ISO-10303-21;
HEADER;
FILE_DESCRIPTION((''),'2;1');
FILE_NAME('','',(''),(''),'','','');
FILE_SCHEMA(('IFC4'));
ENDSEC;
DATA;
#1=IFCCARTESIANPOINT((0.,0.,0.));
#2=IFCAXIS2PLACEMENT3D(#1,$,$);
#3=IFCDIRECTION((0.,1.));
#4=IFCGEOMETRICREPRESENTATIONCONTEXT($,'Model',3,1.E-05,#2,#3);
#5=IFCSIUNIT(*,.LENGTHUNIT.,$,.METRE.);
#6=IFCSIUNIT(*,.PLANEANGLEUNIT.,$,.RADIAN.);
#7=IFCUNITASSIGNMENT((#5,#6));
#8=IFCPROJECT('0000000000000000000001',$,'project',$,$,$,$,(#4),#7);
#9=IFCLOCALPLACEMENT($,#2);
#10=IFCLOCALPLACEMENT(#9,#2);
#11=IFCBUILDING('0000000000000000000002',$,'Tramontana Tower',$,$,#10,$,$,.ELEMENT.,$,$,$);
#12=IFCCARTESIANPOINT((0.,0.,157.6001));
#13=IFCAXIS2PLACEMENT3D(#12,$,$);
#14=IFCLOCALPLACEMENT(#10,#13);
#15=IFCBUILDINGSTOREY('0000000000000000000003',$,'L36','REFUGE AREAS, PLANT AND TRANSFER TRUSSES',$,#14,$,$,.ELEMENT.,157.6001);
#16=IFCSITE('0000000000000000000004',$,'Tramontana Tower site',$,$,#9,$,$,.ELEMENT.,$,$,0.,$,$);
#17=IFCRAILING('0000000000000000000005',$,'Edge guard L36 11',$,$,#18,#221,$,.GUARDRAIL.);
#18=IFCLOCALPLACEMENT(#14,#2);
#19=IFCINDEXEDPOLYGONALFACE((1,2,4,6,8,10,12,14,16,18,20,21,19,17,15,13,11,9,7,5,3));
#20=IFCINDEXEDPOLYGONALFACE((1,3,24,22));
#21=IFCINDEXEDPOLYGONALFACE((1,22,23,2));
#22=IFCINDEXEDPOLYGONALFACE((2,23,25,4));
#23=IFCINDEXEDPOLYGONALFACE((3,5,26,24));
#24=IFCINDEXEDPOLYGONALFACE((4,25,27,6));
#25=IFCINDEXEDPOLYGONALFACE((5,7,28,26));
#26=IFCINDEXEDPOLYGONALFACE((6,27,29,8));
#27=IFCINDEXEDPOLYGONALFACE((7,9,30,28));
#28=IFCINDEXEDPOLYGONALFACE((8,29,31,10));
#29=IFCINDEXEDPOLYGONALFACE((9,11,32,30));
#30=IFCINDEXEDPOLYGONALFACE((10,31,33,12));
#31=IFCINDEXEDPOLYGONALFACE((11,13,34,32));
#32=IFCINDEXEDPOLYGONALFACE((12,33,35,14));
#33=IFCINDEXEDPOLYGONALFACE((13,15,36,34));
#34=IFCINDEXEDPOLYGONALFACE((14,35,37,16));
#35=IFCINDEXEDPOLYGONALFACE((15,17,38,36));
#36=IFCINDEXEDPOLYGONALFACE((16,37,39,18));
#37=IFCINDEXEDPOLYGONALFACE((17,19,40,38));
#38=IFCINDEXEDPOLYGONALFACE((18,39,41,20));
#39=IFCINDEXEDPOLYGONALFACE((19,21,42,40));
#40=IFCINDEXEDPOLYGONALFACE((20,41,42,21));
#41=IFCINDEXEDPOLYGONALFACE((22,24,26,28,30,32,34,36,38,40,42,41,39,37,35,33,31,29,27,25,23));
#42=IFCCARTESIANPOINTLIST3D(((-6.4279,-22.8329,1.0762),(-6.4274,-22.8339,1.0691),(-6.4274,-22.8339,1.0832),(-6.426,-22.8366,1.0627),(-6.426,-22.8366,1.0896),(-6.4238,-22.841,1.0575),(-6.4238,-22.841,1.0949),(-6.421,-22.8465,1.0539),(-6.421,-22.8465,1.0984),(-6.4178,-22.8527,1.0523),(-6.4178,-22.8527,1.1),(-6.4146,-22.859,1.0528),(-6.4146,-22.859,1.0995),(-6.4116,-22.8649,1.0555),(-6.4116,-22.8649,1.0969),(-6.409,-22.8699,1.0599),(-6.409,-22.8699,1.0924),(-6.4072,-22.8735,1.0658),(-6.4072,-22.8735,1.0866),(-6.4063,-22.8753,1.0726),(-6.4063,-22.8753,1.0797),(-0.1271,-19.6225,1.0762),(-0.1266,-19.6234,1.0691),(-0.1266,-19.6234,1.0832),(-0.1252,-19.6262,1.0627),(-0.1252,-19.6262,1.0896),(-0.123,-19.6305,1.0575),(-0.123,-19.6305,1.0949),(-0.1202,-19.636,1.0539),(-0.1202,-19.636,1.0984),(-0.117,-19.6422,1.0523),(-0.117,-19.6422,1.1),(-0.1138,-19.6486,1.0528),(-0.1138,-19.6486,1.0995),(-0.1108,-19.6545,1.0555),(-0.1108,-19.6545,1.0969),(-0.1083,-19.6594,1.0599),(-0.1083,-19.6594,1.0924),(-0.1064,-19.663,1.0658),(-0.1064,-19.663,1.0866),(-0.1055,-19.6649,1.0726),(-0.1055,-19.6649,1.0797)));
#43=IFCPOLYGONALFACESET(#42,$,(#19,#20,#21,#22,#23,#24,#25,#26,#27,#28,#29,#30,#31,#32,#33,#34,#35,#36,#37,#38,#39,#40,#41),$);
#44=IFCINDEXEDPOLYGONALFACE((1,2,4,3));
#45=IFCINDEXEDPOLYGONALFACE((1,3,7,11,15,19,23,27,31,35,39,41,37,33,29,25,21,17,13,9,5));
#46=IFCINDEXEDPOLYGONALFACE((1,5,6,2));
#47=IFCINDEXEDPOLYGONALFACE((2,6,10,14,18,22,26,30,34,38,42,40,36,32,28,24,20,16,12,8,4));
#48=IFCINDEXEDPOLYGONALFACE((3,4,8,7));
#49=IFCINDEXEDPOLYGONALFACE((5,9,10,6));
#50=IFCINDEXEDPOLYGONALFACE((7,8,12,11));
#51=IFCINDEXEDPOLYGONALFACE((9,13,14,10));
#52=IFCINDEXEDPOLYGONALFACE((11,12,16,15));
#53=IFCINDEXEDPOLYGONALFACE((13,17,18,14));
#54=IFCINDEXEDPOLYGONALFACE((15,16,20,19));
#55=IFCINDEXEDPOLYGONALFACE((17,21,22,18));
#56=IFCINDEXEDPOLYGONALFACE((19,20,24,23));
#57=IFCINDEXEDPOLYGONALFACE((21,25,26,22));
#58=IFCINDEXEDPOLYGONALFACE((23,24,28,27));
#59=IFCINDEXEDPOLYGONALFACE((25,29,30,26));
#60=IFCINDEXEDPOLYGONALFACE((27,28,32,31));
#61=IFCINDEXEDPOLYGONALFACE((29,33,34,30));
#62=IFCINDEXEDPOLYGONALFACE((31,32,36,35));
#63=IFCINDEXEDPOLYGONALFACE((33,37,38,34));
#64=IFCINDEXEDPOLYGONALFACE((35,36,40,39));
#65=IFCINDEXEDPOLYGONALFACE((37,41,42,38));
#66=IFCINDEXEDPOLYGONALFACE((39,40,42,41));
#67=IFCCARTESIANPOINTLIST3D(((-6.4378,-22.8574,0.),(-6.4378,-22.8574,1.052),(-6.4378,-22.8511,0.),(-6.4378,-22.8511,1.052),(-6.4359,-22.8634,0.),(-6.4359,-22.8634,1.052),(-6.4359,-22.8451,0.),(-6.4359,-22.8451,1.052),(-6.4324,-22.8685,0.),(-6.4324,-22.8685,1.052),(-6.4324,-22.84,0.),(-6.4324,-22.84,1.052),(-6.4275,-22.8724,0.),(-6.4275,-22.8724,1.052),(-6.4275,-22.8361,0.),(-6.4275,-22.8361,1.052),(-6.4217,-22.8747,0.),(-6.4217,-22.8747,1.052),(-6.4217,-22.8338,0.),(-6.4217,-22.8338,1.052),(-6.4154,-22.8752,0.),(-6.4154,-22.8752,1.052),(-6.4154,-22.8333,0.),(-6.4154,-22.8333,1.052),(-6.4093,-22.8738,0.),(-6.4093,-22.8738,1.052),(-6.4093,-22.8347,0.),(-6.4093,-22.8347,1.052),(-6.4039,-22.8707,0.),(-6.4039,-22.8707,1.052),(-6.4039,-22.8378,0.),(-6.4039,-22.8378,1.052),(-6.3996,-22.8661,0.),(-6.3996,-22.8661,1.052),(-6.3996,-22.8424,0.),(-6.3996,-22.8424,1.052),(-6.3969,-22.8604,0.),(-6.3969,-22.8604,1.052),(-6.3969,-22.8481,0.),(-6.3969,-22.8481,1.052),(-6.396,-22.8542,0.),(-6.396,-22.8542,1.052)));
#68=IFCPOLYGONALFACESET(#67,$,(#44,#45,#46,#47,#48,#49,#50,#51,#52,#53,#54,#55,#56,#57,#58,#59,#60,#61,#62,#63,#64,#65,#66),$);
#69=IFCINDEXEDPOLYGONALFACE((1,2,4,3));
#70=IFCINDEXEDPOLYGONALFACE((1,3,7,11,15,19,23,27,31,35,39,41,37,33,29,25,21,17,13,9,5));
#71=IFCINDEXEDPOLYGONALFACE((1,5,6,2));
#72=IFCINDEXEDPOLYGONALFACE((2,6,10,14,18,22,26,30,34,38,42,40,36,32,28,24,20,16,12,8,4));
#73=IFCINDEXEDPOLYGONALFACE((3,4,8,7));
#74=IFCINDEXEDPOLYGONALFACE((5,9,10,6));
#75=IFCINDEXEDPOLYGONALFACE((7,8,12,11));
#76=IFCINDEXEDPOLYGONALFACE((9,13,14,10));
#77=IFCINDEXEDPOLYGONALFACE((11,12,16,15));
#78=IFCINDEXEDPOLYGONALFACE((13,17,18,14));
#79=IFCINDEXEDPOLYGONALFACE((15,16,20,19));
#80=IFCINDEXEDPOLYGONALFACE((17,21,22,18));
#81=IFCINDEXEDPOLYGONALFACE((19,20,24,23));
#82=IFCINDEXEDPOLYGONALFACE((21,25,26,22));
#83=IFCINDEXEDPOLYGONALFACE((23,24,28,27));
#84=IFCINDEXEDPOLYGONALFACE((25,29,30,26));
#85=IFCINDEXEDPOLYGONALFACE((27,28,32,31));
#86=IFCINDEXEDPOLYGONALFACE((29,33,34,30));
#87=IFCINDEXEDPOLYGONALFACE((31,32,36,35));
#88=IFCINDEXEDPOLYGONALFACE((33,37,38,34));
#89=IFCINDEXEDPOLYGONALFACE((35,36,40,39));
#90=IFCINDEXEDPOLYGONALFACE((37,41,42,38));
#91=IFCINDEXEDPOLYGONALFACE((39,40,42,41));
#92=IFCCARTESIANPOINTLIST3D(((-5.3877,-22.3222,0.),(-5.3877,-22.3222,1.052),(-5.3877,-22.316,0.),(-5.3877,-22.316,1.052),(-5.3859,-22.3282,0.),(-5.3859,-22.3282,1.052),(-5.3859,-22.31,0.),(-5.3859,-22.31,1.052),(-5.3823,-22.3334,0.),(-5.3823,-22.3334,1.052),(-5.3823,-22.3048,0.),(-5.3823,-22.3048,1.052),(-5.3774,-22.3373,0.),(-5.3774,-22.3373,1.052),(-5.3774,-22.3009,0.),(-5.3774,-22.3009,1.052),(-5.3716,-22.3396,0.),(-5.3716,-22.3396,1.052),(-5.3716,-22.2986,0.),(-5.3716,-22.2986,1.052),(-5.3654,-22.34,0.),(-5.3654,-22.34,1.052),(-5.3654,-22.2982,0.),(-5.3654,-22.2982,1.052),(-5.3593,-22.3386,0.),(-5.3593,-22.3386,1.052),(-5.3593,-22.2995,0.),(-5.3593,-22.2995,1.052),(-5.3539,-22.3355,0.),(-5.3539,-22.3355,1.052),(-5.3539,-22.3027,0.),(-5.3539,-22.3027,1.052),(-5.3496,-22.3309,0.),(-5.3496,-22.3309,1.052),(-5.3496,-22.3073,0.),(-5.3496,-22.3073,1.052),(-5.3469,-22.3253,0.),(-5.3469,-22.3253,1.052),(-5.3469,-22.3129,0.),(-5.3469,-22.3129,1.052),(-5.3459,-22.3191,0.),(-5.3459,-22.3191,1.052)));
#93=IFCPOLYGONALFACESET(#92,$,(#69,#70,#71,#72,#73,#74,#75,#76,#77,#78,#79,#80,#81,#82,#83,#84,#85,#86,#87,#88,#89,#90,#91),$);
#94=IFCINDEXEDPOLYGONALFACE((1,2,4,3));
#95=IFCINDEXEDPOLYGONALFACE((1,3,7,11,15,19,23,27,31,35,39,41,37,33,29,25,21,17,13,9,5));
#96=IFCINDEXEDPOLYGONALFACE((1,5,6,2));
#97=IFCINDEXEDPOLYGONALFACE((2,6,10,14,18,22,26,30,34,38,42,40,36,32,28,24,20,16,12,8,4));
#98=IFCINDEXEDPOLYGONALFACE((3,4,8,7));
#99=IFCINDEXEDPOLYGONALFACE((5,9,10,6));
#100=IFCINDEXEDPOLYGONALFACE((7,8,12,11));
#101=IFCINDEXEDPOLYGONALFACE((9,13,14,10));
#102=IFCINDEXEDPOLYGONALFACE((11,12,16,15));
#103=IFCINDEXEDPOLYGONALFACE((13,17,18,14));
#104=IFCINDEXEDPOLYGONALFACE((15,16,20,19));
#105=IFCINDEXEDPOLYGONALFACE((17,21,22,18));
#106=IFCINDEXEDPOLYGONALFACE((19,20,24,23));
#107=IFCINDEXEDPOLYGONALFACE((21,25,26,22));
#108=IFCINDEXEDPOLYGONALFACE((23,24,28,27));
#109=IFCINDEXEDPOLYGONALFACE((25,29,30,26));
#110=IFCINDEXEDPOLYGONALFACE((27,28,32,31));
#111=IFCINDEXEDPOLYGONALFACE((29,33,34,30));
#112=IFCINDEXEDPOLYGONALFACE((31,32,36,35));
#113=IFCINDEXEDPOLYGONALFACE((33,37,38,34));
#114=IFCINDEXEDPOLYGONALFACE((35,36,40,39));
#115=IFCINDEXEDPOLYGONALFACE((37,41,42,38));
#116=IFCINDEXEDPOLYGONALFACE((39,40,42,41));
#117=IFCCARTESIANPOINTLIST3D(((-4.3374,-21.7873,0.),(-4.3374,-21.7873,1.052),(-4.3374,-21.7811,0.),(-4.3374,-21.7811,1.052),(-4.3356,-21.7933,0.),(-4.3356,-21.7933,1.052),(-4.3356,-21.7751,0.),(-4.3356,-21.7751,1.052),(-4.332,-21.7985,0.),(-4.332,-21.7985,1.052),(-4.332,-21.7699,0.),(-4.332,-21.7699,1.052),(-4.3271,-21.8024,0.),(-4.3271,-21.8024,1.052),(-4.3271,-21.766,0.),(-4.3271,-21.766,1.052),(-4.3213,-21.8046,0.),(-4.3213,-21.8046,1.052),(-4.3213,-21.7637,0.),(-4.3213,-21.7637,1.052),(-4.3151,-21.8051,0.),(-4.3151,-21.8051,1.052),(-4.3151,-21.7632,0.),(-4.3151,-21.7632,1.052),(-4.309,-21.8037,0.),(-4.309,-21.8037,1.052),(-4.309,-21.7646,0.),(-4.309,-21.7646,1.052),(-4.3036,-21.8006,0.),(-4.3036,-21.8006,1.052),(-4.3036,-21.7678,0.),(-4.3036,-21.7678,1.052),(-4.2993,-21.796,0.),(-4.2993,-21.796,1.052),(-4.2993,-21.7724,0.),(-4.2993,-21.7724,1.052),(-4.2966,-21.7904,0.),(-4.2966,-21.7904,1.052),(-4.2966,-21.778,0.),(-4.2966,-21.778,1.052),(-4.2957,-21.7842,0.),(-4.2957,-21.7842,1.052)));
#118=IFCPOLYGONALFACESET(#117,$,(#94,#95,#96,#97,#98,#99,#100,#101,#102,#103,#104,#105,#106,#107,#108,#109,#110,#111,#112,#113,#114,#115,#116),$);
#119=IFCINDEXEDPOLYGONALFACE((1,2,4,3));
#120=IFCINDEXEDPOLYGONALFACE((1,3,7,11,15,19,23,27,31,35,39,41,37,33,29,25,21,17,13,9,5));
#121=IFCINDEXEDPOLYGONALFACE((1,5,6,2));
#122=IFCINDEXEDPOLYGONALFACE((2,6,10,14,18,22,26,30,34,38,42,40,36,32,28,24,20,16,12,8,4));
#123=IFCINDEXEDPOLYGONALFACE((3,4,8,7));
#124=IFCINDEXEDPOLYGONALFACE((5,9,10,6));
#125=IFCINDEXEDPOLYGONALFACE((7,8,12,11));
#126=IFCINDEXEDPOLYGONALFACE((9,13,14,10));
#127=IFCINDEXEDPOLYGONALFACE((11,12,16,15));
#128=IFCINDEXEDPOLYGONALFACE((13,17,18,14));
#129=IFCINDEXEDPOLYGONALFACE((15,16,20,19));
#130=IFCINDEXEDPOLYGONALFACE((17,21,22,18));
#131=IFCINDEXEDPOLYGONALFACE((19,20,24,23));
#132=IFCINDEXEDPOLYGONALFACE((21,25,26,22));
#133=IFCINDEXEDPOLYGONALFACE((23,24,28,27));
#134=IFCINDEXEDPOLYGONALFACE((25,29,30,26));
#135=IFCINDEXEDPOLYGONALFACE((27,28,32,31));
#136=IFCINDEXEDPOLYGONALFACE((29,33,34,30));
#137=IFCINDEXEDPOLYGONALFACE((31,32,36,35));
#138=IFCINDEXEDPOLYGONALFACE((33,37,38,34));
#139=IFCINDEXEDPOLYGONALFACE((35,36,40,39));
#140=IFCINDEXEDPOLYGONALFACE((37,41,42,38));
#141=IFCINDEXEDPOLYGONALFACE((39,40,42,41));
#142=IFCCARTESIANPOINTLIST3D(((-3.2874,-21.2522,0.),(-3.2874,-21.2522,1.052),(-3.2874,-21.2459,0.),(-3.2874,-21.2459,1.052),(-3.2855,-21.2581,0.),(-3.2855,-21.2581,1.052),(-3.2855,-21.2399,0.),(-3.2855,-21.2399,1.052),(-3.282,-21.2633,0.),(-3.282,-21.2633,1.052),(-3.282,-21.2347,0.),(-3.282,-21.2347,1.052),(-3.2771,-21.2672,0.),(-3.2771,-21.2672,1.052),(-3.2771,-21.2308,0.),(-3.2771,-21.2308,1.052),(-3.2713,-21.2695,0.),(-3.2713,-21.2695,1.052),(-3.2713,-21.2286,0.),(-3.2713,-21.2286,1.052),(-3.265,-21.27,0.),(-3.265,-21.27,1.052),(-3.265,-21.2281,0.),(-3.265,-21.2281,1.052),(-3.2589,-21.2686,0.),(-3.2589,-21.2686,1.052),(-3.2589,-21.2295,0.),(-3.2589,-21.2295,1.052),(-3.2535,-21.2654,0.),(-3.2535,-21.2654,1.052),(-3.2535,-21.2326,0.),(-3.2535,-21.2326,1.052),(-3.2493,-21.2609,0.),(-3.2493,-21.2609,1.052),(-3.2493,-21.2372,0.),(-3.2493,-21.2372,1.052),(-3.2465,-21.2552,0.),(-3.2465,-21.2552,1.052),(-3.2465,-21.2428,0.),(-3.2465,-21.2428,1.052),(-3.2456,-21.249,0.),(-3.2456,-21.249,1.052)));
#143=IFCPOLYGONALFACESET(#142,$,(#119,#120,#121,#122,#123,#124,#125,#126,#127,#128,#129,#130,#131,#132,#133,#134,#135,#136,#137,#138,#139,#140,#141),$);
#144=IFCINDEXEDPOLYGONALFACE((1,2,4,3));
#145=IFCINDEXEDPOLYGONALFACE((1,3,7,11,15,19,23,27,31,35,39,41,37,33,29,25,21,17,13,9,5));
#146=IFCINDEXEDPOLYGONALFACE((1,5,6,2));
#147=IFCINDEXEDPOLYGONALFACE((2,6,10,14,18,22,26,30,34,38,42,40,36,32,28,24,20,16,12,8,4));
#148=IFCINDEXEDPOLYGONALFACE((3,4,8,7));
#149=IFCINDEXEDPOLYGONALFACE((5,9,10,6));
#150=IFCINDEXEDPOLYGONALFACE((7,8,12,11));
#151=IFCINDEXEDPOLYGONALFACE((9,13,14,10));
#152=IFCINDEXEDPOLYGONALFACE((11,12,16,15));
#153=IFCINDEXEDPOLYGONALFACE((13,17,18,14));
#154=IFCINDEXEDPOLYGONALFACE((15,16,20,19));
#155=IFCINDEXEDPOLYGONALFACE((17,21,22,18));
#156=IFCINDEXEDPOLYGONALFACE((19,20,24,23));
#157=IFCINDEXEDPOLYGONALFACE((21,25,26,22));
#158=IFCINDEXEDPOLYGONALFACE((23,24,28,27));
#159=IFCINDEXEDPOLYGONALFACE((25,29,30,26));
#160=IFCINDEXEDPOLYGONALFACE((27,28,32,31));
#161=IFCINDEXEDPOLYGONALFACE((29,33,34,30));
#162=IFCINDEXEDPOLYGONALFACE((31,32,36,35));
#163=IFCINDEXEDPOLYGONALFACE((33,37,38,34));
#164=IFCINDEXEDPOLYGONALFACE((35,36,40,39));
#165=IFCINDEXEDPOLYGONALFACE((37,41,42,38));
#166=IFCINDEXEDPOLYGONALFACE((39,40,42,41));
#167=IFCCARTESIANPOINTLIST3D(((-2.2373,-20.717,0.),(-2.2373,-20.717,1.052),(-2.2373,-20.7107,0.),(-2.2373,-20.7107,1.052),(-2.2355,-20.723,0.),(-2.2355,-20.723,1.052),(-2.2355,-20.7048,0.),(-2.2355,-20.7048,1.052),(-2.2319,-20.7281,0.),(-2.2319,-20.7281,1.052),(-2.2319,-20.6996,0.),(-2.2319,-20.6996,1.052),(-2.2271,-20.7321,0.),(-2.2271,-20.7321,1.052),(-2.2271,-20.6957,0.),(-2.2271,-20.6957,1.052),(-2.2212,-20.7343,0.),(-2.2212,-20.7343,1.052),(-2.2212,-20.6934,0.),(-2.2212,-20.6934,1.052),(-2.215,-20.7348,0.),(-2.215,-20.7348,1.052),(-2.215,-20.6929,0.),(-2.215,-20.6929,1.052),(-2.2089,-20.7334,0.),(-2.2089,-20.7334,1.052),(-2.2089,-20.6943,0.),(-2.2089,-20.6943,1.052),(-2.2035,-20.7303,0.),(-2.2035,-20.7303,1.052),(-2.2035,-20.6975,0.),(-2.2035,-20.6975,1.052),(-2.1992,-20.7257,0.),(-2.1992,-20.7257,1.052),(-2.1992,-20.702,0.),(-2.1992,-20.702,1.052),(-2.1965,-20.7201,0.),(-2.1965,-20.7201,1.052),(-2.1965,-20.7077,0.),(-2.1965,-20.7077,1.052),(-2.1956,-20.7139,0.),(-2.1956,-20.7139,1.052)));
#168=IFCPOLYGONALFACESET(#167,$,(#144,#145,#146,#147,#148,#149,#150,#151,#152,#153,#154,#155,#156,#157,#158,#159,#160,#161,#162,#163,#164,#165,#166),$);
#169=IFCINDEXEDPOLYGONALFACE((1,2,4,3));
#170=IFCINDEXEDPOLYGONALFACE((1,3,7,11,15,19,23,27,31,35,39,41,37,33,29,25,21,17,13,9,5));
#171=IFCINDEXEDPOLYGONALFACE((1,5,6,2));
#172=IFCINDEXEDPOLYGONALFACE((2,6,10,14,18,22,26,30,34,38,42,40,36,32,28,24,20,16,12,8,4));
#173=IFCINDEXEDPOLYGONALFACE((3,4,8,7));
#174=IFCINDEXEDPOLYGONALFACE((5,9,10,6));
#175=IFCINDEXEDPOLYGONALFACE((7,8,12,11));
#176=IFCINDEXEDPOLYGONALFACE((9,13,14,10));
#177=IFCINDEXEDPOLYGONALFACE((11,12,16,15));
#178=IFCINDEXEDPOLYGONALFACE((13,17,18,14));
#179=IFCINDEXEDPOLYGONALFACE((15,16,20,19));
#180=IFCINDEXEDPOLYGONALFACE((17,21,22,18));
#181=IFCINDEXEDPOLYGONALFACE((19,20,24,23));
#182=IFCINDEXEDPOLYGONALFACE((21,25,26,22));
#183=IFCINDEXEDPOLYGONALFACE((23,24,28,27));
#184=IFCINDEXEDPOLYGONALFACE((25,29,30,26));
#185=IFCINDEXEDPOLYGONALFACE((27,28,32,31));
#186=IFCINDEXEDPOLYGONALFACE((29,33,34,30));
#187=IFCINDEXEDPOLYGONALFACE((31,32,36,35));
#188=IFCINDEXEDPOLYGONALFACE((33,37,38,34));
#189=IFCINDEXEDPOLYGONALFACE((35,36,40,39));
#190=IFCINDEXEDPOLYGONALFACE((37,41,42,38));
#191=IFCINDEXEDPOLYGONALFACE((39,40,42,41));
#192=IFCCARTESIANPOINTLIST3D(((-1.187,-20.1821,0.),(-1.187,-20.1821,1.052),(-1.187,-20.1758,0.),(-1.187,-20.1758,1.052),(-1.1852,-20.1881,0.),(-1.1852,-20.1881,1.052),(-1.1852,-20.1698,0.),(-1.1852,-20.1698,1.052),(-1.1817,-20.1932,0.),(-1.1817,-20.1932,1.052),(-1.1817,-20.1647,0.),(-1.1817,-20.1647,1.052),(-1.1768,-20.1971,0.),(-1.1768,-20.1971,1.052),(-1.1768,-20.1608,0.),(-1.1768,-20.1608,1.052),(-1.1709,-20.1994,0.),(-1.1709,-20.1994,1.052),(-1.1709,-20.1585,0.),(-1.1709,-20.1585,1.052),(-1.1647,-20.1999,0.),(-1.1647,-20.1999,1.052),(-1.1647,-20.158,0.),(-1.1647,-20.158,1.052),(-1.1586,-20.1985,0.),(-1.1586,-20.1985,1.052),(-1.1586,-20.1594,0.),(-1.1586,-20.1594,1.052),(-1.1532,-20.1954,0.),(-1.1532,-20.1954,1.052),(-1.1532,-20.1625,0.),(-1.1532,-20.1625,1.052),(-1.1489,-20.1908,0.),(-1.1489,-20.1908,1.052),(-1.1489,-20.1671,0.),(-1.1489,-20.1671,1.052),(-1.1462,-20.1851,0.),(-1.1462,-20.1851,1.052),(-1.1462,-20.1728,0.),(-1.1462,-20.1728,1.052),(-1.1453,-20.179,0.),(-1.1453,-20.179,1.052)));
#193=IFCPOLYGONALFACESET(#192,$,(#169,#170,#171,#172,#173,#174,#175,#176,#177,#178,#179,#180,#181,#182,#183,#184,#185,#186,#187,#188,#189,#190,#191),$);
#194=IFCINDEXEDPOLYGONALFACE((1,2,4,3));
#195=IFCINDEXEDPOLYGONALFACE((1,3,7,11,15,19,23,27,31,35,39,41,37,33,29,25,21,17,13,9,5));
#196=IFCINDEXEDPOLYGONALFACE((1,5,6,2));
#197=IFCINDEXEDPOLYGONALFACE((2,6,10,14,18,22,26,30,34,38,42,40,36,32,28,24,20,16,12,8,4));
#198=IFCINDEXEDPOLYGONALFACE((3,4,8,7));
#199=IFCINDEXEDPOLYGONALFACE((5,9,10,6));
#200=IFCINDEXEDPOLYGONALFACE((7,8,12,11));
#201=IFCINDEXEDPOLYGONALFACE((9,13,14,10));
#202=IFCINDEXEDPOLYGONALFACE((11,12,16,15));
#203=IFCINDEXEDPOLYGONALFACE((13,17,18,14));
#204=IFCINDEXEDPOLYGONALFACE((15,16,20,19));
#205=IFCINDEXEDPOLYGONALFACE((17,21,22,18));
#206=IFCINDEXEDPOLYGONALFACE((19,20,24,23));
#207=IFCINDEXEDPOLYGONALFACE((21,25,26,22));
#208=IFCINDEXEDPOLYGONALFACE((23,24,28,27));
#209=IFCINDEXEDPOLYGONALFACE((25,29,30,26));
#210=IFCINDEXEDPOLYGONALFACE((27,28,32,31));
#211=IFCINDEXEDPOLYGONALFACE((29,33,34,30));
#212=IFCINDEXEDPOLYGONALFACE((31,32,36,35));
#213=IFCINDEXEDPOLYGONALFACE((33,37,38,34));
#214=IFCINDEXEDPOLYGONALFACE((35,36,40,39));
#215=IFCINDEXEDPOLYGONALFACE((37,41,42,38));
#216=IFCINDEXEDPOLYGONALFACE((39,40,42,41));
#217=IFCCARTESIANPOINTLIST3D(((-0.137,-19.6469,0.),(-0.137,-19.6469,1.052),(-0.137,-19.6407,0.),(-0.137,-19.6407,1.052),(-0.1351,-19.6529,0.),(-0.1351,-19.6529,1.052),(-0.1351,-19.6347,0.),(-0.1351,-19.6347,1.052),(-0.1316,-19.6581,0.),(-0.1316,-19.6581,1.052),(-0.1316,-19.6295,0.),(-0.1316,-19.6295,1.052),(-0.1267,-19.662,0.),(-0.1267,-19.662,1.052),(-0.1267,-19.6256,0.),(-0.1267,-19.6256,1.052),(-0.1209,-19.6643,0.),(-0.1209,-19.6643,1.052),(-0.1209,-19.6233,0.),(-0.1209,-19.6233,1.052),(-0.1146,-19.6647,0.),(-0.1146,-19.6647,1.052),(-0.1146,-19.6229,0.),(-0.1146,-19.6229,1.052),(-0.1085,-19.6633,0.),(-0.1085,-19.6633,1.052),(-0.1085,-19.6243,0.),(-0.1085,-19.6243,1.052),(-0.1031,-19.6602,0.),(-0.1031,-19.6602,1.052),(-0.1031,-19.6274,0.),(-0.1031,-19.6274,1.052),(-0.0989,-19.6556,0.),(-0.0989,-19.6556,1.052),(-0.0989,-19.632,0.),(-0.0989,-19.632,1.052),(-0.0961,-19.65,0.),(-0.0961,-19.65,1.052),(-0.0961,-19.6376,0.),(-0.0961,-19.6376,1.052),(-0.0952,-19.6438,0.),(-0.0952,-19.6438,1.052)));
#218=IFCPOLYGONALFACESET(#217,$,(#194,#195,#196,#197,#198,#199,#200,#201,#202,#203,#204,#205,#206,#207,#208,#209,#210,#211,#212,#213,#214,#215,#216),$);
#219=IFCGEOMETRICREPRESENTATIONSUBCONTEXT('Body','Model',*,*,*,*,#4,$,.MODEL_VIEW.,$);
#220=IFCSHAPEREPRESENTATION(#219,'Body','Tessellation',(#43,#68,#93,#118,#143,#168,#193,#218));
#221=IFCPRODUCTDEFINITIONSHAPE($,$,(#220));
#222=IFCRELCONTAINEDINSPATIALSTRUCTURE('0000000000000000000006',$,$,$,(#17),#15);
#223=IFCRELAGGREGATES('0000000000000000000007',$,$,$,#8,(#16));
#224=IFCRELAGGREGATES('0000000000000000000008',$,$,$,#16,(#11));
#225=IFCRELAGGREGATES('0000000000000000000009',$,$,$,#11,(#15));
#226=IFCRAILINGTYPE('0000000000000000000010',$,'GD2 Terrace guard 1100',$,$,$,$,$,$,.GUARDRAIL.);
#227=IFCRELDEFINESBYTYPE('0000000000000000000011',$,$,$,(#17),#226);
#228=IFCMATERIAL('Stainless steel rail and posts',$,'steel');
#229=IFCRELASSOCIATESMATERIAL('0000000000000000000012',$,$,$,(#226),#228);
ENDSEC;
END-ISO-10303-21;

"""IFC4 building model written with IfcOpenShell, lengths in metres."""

from ifc_helpers import new_model, si_unit, direction, frame, origin, origin_2d, place, context, subcontext, project, spatial, circle, extrude, material, type_object, element, save


model = new_model("IFC4")

# Units and contexts
model_context = context("Model", 3, precision=1e-05, world=origin(), true_north=direction((0.0, 1.0)))
body_context = subcontext(model_context, "Body", "Model", "MODEL_VIEW")
ifc_project = project(units=[si_unit("LENGTHUNIT", "METRE"), si_unit("PLANEANGLEUNIT", "RADIAN")], contexts=[model_context])

# Site, building, storey
site_placement = place(None, origin())
site = spatial("IfcSite", under=ifc_project, at=site_placement, Name="Tramontana Tower site", CompositionType="ELEMENT", RefElevation=0.0)
building_placement = place(site_placement, origin())
building = spatial("IfcBuilding", under=site, at=building_placement, Name="Tramontana Tower", CompositionType="ELEMENT")
storey_placement = place(building_placement, frame((0.0, 0.0, 157.6001)))
storey = spatial("IfcBuildingStorey", under=building, at=storey_placement, Name="L36", Description="REFUGE AREAS, PLANT AND TRANSFER TRUSSES", CompositionType="ELEMENT", Elevation=157.6001)

# Railing
ifc_material_1 = material(Name="Stainless steel rail and posts", Category="steel")
railing_type = type_object("IfcRailingType", Name="GD2 Terrace guard 1100", PredefinedType="GUARDRAIL", material=ifc_material_1)
railing_placement = place(storey_placement, frame((-6.417, -22.8542, 0.0)))
element("IfcRailing", 1, at=railing_placement, inside=storey, type_object=railing_type, Name="Edge guard L36 11", PredefinedType="GUARDRAIL", context=body_context, shape_type="SweptSolid", body=[
    extrude(circle(Radius=0.0239, at=origin_2d()), frame((0.0, 0.0, 1.0762), z_axis=(0.891004, 0.453995, 0.0), x_axis=(-0.453995, 0.891004, 0.0)), (0.0, 0.0, 1.0), 7.0715),
    extrude(circle(Radius=0.021, at=origin_2d()), origin(), (0.0, 0.0, 1.0), 1.052),
    extrude(circle(Radius=0.021, at=origin_2d()), frame((1.05, 0.5352, 0.0)), (0.0, 0.0, 1.0), 1.052),
    extrude(circle(Radius=0.021, at=origin_2d()), frame((2.1003, 1.0701, 0.0)), (0.0, 0.0, 1.0), 1.052),
    extrude(circle(Radius=0.021, at=origin_2d()), frame((3.1504, 1.6052, 0.0)), (0.0, 0.0, 1.0), 1.052),
    extrude(circle(Radius=0.021, at=origin_2d()), frame((4.2004, 2.1404, 0.0)), (0.0, 0.0, 1.0), 1.052),
    extrude(circle(Radius=0.021, at=origin_2d()), frame((5.2507, 2.6753, 0.0)), (0.0, 0.0, 1.0), 1.052),
    extrude(circle(Radius=0.021, at=origin_2d()), frame((6.3008, 3.2104, 0.0)), (0.0, 0.0, 1.0), 1.052),
])

save(model, "model.ifc")
